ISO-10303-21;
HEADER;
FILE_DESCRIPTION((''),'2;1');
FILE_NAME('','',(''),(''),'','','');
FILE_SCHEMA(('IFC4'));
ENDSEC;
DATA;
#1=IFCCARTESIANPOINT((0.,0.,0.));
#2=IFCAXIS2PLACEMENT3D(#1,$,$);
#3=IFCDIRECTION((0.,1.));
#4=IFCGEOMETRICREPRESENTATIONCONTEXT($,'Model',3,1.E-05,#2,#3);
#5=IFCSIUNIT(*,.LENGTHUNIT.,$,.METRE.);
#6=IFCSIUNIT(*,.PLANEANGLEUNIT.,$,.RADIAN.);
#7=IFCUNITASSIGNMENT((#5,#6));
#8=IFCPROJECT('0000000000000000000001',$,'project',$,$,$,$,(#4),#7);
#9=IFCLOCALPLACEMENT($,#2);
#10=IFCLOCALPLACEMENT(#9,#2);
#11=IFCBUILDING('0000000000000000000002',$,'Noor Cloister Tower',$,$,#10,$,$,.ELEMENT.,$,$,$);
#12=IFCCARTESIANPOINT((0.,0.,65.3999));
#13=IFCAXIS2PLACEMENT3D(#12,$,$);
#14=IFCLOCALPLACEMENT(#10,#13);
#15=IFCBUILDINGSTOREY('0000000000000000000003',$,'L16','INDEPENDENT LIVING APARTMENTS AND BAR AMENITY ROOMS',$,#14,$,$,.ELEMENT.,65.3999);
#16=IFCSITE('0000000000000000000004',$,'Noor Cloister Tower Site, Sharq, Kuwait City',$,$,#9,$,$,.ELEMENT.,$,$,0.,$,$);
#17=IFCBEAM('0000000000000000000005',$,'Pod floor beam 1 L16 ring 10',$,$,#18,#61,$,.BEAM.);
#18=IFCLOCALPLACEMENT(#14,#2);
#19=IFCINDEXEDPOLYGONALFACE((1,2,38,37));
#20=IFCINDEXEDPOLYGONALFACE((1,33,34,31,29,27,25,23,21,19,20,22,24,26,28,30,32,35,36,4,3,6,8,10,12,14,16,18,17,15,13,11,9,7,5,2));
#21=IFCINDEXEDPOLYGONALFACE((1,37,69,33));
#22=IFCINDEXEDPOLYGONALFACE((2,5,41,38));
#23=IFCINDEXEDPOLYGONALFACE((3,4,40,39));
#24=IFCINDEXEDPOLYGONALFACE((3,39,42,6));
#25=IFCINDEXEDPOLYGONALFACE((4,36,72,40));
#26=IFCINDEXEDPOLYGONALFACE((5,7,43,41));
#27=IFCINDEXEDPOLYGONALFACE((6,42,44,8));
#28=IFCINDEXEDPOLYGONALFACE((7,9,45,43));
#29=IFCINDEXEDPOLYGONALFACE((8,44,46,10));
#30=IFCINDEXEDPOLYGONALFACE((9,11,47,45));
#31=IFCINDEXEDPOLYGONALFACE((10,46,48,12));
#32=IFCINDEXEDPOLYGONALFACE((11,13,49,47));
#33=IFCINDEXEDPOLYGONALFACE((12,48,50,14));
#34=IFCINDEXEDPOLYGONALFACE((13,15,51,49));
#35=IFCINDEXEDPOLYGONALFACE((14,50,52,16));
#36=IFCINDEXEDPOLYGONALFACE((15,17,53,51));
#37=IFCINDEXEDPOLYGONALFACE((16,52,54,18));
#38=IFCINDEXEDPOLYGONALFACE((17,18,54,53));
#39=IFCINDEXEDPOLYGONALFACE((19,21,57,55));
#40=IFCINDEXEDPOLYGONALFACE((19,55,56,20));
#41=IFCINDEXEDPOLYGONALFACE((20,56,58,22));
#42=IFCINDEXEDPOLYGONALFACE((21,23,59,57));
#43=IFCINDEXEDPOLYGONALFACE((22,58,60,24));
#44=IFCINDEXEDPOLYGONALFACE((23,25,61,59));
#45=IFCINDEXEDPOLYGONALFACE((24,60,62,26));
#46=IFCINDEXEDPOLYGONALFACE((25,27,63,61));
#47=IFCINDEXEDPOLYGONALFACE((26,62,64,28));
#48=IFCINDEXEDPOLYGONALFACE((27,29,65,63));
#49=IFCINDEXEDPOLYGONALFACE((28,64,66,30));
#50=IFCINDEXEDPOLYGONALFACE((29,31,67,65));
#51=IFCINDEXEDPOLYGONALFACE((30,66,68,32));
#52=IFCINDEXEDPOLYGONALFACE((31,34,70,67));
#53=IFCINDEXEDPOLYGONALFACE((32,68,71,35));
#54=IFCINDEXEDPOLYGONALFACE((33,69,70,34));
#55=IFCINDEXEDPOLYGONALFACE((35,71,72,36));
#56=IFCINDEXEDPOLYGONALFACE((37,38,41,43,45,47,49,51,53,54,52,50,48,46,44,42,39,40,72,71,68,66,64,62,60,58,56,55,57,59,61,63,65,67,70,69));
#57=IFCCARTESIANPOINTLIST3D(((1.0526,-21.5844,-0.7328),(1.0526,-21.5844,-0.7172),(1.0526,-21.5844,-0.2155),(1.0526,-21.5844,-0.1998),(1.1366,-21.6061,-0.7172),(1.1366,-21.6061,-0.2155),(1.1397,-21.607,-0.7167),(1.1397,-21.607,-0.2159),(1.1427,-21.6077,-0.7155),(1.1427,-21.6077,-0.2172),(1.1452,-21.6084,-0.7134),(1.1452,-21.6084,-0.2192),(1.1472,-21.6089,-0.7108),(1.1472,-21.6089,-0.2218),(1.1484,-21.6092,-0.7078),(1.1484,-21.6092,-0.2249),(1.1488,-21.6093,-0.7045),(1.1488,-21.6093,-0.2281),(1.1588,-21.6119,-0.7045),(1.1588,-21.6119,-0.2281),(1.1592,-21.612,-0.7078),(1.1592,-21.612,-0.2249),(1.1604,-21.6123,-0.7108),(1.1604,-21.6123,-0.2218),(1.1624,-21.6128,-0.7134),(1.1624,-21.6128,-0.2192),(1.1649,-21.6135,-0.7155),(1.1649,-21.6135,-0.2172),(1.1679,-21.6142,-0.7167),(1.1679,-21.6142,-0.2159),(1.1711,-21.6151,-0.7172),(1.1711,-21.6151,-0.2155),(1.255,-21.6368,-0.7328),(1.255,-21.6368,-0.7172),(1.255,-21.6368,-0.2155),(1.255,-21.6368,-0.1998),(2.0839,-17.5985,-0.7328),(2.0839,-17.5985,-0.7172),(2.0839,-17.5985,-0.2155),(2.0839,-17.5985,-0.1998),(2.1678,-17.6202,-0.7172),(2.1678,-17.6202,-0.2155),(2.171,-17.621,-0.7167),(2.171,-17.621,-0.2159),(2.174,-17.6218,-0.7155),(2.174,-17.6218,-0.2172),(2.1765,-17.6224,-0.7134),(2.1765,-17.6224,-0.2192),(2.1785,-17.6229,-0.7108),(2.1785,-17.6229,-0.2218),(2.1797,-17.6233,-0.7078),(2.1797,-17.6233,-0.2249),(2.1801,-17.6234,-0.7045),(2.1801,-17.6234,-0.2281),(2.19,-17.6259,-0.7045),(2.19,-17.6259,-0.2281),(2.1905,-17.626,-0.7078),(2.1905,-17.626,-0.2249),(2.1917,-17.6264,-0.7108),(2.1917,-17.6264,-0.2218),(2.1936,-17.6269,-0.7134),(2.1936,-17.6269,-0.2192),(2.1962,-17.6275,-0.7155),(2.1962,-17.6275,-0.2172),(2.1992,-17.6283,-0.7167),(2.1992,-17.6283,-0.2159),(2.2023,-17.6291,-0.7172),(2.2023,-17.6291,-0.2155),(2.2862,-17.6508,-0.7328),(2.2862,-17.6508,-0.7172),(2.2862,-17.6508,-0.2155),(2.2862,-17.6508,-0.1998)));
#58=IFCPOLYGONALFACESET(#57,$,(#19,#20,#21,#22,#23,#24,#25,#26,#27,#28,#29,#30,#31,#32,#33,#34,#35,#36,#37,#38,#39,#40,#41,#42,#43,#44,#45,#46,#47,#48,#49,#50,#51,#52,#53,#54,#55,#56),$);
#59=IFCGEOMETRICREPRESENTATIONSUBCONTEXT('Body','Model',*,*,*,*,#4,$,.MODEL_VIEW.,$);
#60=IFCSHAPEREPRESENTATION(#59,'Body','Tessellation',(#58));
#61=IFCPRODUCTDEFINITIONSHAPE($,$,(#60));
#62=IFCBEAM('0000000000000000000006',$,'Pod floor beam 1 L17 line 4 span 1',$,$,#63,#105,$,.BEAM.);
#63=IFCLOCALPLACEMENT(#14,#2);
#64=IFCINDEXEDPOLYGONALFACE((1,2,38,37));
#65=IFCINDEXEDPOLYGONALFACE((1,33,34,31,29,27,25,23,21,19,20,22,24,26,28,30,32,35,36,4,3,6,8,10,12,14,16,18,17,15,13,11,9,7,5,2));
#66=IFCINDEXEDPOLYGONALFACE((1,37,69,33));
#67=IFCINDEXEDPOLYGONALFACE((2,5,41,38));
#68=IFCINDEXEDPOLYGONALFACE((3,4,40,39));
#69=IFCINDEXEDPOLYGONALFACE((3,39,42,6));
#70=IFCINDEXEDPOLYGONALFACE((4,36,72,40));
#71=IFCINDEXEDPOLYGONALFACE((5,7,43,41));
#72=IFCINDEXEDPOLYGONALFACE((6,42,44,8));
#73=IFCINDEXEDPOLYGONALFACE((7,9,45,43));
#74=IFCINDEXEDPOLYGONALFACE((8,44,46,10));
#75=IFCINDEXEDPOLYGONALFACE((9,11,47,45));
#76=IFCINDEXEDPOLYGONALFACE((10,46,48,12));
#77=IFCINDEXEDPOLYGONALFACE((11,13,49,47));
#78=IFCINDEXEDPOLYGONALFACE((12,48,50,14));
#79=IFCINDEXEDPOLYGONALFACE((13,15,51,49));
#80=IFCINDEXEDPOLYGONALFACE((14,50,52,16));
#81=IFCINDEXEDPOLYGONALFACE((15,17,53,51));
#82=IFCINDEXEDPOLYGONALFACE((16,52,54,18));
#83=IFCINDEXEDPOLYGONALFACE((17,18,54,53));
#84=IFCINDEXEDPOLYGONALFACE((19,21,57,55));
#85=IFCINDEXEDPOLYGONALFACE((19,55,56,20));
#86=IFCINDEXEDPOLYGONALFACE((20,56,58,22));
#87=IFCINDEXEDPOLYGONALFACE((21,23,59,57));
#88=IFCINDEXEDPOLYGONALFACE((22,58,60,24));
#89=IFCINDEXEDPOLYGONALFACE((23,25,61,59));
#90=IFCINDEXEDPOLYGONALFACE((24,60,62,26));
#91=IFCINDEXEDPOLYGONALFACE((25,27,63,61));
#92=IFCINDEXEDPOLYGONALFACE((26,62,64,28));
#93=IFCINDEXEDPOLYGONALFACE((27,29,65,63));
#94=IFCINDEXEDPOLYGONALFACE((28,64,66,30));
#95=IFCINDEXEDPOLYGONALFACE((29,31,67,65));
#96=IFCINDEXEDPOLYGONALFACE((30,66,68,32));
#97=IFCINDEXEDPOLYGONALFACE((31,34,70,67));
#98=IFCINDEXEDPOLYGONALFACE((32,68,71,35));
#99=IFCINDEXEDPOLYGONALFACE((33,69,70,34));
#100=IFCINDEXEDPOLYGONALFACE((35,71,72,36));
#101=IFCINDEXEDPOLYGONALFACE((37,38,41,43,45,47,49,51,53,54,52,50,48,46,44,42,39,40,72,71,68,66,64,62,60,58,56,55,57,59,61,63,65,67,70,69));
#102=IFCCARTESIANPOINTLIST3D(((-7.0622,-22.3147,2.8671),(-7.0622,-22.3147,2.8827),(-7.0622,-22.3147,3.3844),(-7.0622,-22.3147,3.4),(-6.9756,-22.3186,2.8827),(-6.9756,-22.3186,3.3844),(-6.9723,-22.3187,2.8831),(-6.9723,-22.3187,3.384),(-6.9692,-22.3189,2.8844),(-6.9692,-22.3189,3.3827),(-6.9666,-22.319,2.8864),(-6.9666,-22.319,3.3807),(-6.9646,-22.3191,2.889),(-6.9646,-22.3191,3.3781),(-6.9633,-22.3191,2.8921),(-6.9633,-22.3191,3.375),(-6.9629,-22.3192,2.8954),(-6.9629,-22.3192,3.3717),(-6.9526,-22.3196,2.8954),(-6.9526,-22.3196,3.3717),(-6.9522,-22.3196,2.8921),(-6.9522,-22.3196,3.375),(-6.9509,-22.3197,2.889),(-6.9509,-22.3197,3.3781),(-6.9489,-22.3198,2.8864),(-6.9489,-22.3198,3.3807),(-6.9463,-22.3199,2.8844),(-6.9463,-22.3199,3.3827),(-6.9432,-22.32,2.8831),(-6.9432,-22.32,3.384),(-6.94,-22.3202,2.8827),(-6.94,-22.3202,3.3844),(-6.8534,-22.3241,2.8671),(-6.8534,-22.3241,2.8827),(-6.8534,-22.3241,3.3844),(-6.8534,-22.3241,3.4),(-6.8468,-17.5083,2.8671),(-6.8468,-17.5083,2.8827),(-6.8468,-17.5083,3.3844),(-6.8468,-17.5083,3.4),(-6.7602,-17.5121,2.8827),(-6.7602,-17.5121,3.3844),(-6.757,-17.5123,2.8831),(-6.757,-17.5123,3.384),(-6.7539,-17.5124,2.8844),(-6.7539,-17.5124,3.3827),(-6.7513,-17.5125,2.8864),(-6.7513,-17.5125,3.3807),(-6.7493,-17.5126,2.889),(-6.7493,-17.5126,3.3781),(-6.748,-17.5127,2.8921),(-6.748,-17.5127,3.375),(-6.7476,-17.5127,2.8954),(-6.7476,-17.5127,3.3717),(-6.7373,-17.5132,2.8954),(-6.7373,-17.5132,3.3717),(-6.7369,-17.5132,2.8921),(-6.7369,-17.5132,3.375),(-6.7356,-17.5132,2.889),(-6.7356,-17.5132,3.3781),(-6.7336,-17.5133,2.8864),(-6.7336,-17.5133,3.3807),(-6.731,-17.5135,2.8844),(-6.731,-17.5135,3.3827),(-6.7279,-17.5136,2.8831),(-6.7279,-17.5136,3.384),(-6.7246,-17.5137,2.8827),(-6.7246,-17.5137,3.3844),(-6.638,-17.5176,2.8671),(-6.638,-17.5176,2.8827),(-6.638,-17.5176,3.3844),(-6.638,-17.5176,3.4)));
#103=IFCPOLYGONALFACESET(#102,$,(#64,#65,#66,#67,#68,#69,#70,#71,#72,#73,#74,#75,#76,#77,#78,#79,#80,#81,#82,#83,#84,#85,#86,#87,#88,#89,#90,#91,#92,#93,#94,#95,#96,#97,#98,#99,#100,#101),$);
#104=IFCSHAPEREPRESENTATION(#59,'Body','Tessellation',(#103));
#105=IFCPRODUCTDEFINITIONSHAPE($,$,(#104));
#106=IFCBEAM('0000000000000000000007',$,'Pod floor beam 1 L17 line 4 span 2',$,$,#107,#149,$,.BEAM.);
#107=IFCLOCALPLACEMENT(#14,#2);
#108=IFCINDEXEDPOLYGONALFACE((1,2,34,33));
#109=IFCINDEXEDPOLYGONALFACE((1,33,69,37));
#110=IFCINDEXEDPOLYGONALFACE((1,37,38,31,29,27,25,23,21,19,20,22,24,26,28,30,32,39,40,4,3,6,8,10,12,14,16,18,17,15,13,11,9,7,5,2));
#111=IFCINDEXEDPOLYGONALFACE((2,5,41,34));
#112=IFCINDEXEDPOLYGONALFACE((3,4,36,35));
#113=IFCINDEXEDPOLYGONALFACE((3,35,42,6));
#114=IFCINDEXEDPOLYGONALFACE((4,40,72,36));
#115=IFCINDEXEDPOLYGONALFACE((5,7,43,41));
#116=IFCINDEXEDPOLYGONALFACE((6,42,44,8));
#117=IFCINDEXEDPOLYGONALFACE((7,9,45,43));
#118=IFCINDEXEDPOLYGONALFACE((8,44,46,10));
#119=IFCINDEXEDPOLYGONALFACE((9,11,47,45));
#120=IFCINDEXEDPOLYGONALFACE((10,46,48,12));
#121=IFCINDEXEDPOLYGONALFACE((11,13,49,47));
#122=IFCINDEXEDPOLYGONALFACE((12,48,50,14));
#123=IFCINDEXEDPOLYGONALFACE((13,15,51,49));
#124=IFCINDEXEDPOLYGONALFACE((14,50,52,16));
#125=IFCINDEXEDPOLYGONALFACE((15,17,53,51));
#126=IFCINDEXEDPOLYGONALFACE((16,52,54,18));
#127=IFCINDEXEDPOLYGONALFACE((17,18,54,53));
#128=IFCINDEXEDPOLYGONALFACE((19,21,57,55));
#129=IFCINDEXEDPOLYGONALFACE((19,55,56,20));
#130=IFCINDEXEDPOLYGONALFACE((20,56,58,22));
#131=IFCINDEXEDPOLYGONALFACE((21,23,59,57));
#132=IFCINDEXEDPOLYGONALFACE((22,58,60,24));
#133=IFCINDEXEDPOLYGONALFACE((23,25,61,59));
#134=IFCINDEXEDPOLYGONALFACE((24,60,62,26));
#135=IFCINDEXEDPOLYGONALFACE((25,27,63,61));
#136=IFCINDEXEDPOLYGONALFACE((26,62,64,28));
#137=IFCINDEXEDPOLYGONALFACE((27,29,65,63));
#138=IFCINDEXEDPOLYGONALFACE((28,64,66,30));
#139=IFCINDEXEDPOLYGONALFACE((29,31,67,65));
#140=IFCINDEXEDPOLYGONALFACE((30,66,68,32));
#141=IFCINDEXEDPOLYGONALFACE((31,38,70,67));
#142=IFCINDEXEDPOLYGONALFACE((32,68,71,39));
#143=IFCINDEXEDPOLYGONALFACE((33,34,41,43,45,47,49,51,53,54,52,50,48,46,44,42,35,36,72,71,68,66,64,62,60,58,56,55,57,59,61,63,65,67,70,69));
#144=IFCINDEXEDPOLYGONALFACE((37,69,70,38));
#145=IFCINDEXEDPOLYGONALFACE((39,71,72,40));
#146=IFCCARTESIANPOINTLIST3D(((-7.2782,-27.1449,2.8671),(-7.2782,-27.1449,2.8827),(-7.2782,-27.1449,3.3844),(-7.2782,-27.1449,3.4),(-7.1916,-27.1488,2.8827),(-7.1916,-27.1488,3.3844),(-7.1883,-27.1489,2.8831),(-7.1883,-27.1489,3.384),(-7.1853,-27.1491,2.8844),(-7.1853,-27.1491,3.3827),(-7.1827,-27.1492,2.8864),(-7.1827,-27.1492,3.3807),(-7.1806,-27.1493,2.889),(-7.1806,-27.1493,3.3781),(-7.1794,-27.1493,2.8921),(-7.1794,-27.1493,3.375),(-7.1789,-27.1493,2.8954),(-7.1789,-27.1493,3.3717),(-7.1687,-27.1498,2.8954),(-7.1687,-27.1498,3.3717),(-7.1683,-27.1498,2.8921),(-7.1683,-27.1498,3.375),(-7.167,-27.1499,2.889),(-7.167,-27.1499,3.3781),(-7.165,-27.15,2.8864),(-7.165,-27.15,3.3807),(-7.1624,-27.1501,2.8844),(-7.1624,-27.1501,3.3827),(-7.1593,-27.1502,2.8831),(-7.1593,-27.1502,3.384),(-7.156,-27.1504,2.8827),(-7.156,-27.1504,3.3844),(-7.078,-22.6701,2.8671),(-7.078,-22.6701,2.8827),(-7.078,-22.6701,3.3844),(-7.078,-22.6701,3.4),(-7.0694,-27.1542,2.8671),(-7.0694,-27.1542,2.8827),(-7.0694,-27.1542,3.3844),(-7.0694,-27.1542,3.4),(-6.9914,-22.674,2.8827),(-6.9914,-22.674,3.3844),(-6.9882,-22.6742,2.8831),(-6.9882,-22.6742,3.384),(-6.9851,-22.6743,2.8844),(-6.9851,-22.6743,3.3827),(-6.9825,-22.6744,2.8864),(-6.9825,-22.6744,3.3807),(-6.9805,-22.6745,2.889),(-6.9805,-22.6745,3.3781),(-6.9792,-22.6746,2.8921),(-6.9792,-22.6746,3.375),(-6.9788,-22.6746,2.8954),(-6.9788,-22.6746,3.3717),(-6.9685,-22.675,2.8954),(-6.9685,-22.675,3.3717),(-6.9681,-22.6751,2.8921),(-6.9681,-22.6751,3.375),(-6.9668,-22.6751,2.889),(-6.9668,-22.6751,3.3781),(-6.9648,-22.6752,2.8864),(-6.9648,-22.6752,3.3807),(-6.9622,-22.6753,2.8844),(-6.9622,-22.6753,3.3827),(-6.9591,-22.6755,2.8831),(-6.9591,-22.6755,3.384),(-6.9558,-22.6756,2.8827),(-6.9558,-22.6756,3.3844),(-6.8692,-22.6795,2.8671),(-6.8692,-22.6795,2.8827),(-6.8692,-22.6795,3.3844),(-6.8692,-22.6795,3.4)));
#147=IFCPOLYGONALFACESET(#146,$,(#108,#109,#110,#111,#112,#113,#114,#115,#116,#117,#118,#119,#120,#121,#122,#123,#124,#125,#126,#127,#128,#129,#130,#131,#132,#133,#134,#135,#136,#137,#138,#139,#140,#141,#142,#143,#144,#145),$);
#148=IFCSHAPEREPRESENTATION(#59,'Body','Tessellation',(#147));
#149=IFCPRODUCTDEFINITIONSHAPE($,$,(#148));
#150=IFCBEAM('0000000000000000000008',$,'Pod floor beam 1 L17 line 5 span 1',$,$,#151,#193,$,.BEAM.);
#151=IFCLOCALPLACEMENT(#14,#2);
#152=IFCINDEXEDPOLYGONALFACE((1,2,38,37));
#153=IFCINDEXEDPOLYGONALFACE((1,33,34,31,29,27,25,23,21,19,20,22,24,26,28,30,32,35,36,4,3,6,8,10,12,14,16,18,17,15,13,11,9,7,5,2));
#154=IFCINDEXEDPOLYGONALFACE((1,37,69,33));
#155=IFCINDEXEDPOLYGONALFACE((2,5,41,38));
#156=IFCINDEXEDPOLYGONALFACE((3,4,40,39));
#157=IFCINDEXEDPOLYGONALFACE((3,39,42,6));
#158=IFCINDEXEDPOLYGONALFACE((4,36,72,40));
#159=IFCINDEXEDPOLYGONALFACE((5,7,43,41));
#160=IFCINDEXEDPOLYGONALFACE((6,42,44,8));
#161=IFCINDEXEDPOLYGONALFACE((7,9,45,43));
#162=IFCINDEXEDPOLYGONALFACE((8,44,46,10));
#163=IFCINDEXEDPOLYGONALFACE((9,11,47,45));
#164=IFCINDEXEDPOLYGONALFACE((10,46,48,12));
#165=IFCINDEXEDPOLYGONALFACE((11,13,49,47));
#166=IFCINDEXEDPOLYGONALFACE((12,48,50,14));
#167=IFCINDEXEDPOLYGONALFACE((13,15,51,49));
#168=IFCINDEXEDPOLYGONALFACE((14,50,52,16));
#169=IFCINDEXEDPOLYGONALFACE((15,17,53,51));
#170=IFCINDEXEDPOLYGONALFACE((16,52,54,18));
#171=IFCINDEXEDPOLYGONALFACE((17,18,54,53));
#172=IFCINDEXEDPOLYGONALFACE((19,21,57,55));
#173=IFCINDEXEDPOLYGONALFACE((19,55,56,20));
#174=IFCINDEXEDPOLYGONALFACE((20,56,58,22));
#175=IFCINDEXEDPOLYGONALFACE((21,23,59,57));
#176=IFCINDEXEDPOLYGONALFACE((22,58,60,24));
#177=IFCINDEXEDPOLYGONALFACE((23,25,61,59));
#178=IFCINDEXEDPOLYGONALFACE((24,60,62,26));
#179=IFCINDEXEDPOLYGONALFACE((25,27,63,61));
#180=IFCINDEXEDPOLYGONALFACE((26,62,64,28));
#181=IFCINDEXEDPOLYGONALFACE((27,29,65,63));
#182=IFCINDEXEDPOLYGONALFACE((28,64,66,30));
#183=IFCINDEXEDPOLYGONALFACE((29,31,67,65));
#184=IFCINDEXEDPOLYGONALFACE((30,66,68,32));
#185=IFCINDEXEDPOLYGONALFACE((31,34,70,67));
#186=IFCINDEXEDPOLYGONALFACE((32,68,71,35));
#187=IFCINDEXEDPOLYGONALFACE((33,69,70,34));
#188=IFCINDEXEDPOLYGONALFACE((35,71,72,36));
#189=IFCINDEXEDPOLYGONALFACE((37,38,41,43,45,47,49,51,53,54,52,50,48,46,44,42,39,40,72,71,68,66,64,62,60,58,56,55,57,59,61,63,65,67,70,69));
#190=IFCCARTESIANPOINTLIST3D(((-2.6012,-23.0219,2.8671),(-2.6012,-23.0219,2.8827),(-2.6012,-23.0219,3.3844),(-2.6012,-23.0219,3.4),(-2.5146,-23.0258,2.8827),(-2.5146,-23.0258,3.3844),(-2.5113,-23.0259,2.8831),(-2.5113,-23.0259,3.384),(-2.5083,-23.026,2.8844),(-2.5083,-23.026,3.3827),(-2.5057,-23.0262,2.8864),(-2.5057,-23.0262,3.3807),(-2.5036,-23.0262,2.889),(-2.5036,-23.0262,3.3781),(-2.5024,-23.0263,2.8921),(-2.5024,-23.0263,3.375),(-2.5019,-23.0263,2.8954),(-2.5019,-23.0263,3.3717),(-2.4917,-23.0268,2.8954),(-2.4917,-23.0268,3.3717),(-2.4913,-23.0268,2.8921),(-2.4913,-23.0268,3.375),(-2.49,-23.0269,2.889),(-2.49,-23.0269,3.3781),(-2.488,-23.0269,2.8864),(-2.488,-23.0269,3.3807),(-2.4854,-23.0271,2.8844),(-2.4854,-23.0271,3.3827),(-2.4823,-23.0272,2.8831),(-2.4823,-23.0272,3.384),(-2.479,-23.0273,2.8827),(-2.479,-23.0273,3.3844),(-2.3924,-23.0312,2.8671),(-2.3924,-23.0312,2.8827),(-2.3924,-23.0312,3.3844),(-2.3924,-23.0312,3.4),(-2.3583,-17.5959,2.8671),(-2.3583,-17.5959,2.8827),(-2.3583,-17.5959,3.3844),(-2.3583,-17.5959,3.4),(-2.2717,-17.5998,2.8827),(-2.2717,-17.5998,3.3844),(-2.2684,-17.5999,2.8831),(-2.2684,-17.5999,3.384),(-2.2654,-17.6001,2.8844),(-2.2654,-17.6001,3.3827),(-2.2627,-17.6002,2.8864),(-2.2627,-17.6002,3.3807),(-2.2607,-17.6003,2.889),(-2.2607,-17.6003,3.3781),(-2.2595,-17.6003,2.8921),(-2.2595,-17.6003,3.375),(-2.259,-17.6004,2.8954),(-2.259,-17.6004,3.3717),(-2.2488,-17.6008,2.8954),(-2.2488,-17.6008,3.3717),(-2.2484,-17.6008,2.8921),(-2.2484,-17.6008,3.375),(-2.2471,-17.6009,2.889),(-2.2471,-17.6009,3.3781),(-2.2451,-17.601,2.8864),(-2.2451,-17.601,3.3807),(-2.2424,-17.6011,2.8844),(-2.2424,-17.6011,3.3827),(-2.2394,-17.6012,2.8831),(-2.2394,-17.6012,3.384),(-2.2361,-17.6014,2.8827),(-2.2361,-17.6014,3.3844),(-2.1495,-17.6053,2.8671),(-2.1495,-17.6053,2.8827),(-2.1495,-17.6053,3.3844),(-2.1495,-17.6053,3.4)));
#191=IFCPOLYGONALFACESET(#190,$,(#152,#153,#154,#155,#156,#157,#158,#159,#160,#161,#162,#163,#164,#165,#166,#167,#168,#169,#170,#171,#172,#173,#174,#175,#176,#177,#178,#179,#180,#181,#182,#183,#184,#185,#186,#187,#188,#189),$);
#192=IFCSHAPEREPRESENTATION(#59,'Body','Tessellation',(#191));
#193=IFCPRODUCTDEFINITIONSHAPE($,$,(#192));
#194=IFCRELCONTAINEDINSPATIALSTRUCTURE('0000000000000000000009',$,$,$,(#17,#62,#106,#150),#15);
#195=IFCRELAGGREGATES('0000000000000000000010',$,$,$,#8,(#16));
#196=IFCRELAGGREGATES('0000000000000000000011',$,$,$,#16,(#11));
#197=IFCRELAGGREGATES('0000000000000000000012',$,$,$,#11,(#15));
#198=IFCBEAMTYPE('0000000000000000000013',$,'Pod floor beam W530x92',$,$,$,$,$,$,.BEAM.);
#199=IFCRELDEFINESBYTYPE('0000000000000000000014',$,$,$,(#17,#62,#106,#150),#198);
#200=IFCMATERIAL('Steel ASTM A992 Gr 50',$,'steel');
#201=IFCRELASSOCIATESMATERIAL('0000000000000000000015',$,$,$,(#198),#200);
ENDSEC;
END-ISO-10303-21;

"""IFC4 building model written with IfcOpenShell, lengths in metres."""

from ifc_helpers import new_model, si_unit, direction, frame, origin, origin_2d, place, context, subcontext, project, spatial, i_section, extrude, material, material_profile, profile_set, type_object, element, save


model = new_model("IFC4")

# Units and contexts
model_context = context("Model", 3, precision=1e-05, world=origin(), true_north=direction((0.0, 1.0)))
body_context = subcontext(model_context, "Body", "Model", "MODEL_VIEW")
ifc_project = project(units=[si_unit("LENGTHUNIT", "METRE"), si_unit("PLANEANGLEUNIT", "RADIAN")], contexts=[model_context])

# Site, building, storey
site_placement = place(None, origin())
site = spatial("IfcSite", under=ifc_project, at=site_placement, Name="Noor Cloister Tower Site, Sharq, Kuwait City", CompositionType="ELEMENT", RefElevation=0.0)
building_placement = place(site_placement, origin())
building = spatial("IfcBuilding", under=site, at=building_placement, Name="Noor Cloister Tower", CompositionType="ELEMENT")
storey_placement = place(building_placement, frame((0.0, 0.0, 65.3999)))
storey = spatial("IfcBuildingStorey", under=building, at=storey_placement, Name="L16", Description="INDEPENDENT LIVING APARTMENTS AND BAR AMENITY ROOMS", CompositionType="ELEMENT", Elevation=65.3999)

# Beams
ifc_material_1 = material(Name="Steel ASTM A992 Gr 50", Category="steel")
ifc_material_profile_1 = material_profile(ifc_material_1, i_section(OverallWidth=0.209, OverallDepth=0.533, WebThickness=0.0103, FlangeThickness=0.0156, FilletRadius=0.0127, at=origin_2d()), Name="W530x92")
ifc_profile_set_1 = profile_set([ifc_material_profile_1], Name="Steel ASTM A992 Gr 50")
beam_type_1 = type_object("IfcBeamType", Name="Pod floor beam W530x92", PredefinedType="BEAM", material=ifc_profile_set_1)
beam_1_placement = place(storey_placement, frame((1.1538, -21.6106, -0.4663), z_axis=(0.250481, 0.968122, 0.0), x_axis=(-0.968122, 0.250481, 0.0)))
element("IfcBeam", 1, at=beam_1_placement, inside=storey, type_object=beam_type_1, Name="Pod floor beam 1 L16 ring 10", PredefinedType="BEAM", context=body_context, shape_type="SweptSolid", body=[
    extrude(i_section(OverallWidth=0.209, OverallDepth=0.533, WebThickness=0.0103, FlangeThickness=0.0156, FilletRadius=0.0127, at=origin_2d()), origin(), (0.0, 0.0, 1.0), 4.1172),
])
beam_2_placement = place(storey_placement, frame((-6.7424, -17.5129, 3.1335), z_axis=(-0.044756, -0.998998, 0.0), x_axis=(0.998998, -0.044756, 0.0)))
element("IfcBeam", 2, at=beam_2_placement, inside=storey, type_object=beam_type_1, Name="Pod floor beam 1 L17 line 4 span 1", PredefinedType="BEAM", context=body_context, shape_type="SweptSolid", body=[
    extrude(i_section(OverallWidth=0.209, OverallDepth=0.533, WebThickness=0.0103, FlangeThickness=0.0156, FilletRadius=0.0127, at=origin_2d()), origin(), (0.0, 0.0, 1.0), 4.8113),
])
beam_3_placement = place(storey_placement, frame((-6.9736, -22.6748, 3.1335), z_axis=(-0.044693, -0.999001, 0.0), x_axis=(0.999001, -0.044693, 0.0)))
element("IfcBeam", 3, at=beam_3_placement, inside=storey, type_object=beam_type_1, Name="Pod floor beam 1 L17 line 4 span 2", PredefinedType="BEAM", context=body_context, shape_type="SweptSolid", body=[
    extrude(i_section(OverallWidth=0.209, OverallDepth=0.533, WebThickness=0.0103, FlangeThickness=0.0156, FilletRadius=0.0127, at=origin_2d()), origin(), (0.0, 0.0, 1.0), 4.4792),
])
beam_4_placement = place(storey_placement, frame((-2.2539, -17.6006, 3.1335), z_axis=(-0.044725, -0.998999, 0.0), x_axis=(0.998999, -0.044725, 0.0)))
element("IfcBeam", 4, at=beam_4_placement, inside=storey, type_object=beam_type_1, Name="Pod floor beam 1 L17 line 5 span 1", PredefinedType="BEAM", context=body_context, shape_type="SweptSolid", body=[
    extrude(i_section(OverallWidth=0.209, OverallDepth=0.533, WebThickness=0.0103, FlangeThickness=0.0156, FilletRadius=0.0127, at=origin_2d()), origin(), (0.0, 0.0, 1.0), 5.4314),
])

save(model, "model.ifc")
